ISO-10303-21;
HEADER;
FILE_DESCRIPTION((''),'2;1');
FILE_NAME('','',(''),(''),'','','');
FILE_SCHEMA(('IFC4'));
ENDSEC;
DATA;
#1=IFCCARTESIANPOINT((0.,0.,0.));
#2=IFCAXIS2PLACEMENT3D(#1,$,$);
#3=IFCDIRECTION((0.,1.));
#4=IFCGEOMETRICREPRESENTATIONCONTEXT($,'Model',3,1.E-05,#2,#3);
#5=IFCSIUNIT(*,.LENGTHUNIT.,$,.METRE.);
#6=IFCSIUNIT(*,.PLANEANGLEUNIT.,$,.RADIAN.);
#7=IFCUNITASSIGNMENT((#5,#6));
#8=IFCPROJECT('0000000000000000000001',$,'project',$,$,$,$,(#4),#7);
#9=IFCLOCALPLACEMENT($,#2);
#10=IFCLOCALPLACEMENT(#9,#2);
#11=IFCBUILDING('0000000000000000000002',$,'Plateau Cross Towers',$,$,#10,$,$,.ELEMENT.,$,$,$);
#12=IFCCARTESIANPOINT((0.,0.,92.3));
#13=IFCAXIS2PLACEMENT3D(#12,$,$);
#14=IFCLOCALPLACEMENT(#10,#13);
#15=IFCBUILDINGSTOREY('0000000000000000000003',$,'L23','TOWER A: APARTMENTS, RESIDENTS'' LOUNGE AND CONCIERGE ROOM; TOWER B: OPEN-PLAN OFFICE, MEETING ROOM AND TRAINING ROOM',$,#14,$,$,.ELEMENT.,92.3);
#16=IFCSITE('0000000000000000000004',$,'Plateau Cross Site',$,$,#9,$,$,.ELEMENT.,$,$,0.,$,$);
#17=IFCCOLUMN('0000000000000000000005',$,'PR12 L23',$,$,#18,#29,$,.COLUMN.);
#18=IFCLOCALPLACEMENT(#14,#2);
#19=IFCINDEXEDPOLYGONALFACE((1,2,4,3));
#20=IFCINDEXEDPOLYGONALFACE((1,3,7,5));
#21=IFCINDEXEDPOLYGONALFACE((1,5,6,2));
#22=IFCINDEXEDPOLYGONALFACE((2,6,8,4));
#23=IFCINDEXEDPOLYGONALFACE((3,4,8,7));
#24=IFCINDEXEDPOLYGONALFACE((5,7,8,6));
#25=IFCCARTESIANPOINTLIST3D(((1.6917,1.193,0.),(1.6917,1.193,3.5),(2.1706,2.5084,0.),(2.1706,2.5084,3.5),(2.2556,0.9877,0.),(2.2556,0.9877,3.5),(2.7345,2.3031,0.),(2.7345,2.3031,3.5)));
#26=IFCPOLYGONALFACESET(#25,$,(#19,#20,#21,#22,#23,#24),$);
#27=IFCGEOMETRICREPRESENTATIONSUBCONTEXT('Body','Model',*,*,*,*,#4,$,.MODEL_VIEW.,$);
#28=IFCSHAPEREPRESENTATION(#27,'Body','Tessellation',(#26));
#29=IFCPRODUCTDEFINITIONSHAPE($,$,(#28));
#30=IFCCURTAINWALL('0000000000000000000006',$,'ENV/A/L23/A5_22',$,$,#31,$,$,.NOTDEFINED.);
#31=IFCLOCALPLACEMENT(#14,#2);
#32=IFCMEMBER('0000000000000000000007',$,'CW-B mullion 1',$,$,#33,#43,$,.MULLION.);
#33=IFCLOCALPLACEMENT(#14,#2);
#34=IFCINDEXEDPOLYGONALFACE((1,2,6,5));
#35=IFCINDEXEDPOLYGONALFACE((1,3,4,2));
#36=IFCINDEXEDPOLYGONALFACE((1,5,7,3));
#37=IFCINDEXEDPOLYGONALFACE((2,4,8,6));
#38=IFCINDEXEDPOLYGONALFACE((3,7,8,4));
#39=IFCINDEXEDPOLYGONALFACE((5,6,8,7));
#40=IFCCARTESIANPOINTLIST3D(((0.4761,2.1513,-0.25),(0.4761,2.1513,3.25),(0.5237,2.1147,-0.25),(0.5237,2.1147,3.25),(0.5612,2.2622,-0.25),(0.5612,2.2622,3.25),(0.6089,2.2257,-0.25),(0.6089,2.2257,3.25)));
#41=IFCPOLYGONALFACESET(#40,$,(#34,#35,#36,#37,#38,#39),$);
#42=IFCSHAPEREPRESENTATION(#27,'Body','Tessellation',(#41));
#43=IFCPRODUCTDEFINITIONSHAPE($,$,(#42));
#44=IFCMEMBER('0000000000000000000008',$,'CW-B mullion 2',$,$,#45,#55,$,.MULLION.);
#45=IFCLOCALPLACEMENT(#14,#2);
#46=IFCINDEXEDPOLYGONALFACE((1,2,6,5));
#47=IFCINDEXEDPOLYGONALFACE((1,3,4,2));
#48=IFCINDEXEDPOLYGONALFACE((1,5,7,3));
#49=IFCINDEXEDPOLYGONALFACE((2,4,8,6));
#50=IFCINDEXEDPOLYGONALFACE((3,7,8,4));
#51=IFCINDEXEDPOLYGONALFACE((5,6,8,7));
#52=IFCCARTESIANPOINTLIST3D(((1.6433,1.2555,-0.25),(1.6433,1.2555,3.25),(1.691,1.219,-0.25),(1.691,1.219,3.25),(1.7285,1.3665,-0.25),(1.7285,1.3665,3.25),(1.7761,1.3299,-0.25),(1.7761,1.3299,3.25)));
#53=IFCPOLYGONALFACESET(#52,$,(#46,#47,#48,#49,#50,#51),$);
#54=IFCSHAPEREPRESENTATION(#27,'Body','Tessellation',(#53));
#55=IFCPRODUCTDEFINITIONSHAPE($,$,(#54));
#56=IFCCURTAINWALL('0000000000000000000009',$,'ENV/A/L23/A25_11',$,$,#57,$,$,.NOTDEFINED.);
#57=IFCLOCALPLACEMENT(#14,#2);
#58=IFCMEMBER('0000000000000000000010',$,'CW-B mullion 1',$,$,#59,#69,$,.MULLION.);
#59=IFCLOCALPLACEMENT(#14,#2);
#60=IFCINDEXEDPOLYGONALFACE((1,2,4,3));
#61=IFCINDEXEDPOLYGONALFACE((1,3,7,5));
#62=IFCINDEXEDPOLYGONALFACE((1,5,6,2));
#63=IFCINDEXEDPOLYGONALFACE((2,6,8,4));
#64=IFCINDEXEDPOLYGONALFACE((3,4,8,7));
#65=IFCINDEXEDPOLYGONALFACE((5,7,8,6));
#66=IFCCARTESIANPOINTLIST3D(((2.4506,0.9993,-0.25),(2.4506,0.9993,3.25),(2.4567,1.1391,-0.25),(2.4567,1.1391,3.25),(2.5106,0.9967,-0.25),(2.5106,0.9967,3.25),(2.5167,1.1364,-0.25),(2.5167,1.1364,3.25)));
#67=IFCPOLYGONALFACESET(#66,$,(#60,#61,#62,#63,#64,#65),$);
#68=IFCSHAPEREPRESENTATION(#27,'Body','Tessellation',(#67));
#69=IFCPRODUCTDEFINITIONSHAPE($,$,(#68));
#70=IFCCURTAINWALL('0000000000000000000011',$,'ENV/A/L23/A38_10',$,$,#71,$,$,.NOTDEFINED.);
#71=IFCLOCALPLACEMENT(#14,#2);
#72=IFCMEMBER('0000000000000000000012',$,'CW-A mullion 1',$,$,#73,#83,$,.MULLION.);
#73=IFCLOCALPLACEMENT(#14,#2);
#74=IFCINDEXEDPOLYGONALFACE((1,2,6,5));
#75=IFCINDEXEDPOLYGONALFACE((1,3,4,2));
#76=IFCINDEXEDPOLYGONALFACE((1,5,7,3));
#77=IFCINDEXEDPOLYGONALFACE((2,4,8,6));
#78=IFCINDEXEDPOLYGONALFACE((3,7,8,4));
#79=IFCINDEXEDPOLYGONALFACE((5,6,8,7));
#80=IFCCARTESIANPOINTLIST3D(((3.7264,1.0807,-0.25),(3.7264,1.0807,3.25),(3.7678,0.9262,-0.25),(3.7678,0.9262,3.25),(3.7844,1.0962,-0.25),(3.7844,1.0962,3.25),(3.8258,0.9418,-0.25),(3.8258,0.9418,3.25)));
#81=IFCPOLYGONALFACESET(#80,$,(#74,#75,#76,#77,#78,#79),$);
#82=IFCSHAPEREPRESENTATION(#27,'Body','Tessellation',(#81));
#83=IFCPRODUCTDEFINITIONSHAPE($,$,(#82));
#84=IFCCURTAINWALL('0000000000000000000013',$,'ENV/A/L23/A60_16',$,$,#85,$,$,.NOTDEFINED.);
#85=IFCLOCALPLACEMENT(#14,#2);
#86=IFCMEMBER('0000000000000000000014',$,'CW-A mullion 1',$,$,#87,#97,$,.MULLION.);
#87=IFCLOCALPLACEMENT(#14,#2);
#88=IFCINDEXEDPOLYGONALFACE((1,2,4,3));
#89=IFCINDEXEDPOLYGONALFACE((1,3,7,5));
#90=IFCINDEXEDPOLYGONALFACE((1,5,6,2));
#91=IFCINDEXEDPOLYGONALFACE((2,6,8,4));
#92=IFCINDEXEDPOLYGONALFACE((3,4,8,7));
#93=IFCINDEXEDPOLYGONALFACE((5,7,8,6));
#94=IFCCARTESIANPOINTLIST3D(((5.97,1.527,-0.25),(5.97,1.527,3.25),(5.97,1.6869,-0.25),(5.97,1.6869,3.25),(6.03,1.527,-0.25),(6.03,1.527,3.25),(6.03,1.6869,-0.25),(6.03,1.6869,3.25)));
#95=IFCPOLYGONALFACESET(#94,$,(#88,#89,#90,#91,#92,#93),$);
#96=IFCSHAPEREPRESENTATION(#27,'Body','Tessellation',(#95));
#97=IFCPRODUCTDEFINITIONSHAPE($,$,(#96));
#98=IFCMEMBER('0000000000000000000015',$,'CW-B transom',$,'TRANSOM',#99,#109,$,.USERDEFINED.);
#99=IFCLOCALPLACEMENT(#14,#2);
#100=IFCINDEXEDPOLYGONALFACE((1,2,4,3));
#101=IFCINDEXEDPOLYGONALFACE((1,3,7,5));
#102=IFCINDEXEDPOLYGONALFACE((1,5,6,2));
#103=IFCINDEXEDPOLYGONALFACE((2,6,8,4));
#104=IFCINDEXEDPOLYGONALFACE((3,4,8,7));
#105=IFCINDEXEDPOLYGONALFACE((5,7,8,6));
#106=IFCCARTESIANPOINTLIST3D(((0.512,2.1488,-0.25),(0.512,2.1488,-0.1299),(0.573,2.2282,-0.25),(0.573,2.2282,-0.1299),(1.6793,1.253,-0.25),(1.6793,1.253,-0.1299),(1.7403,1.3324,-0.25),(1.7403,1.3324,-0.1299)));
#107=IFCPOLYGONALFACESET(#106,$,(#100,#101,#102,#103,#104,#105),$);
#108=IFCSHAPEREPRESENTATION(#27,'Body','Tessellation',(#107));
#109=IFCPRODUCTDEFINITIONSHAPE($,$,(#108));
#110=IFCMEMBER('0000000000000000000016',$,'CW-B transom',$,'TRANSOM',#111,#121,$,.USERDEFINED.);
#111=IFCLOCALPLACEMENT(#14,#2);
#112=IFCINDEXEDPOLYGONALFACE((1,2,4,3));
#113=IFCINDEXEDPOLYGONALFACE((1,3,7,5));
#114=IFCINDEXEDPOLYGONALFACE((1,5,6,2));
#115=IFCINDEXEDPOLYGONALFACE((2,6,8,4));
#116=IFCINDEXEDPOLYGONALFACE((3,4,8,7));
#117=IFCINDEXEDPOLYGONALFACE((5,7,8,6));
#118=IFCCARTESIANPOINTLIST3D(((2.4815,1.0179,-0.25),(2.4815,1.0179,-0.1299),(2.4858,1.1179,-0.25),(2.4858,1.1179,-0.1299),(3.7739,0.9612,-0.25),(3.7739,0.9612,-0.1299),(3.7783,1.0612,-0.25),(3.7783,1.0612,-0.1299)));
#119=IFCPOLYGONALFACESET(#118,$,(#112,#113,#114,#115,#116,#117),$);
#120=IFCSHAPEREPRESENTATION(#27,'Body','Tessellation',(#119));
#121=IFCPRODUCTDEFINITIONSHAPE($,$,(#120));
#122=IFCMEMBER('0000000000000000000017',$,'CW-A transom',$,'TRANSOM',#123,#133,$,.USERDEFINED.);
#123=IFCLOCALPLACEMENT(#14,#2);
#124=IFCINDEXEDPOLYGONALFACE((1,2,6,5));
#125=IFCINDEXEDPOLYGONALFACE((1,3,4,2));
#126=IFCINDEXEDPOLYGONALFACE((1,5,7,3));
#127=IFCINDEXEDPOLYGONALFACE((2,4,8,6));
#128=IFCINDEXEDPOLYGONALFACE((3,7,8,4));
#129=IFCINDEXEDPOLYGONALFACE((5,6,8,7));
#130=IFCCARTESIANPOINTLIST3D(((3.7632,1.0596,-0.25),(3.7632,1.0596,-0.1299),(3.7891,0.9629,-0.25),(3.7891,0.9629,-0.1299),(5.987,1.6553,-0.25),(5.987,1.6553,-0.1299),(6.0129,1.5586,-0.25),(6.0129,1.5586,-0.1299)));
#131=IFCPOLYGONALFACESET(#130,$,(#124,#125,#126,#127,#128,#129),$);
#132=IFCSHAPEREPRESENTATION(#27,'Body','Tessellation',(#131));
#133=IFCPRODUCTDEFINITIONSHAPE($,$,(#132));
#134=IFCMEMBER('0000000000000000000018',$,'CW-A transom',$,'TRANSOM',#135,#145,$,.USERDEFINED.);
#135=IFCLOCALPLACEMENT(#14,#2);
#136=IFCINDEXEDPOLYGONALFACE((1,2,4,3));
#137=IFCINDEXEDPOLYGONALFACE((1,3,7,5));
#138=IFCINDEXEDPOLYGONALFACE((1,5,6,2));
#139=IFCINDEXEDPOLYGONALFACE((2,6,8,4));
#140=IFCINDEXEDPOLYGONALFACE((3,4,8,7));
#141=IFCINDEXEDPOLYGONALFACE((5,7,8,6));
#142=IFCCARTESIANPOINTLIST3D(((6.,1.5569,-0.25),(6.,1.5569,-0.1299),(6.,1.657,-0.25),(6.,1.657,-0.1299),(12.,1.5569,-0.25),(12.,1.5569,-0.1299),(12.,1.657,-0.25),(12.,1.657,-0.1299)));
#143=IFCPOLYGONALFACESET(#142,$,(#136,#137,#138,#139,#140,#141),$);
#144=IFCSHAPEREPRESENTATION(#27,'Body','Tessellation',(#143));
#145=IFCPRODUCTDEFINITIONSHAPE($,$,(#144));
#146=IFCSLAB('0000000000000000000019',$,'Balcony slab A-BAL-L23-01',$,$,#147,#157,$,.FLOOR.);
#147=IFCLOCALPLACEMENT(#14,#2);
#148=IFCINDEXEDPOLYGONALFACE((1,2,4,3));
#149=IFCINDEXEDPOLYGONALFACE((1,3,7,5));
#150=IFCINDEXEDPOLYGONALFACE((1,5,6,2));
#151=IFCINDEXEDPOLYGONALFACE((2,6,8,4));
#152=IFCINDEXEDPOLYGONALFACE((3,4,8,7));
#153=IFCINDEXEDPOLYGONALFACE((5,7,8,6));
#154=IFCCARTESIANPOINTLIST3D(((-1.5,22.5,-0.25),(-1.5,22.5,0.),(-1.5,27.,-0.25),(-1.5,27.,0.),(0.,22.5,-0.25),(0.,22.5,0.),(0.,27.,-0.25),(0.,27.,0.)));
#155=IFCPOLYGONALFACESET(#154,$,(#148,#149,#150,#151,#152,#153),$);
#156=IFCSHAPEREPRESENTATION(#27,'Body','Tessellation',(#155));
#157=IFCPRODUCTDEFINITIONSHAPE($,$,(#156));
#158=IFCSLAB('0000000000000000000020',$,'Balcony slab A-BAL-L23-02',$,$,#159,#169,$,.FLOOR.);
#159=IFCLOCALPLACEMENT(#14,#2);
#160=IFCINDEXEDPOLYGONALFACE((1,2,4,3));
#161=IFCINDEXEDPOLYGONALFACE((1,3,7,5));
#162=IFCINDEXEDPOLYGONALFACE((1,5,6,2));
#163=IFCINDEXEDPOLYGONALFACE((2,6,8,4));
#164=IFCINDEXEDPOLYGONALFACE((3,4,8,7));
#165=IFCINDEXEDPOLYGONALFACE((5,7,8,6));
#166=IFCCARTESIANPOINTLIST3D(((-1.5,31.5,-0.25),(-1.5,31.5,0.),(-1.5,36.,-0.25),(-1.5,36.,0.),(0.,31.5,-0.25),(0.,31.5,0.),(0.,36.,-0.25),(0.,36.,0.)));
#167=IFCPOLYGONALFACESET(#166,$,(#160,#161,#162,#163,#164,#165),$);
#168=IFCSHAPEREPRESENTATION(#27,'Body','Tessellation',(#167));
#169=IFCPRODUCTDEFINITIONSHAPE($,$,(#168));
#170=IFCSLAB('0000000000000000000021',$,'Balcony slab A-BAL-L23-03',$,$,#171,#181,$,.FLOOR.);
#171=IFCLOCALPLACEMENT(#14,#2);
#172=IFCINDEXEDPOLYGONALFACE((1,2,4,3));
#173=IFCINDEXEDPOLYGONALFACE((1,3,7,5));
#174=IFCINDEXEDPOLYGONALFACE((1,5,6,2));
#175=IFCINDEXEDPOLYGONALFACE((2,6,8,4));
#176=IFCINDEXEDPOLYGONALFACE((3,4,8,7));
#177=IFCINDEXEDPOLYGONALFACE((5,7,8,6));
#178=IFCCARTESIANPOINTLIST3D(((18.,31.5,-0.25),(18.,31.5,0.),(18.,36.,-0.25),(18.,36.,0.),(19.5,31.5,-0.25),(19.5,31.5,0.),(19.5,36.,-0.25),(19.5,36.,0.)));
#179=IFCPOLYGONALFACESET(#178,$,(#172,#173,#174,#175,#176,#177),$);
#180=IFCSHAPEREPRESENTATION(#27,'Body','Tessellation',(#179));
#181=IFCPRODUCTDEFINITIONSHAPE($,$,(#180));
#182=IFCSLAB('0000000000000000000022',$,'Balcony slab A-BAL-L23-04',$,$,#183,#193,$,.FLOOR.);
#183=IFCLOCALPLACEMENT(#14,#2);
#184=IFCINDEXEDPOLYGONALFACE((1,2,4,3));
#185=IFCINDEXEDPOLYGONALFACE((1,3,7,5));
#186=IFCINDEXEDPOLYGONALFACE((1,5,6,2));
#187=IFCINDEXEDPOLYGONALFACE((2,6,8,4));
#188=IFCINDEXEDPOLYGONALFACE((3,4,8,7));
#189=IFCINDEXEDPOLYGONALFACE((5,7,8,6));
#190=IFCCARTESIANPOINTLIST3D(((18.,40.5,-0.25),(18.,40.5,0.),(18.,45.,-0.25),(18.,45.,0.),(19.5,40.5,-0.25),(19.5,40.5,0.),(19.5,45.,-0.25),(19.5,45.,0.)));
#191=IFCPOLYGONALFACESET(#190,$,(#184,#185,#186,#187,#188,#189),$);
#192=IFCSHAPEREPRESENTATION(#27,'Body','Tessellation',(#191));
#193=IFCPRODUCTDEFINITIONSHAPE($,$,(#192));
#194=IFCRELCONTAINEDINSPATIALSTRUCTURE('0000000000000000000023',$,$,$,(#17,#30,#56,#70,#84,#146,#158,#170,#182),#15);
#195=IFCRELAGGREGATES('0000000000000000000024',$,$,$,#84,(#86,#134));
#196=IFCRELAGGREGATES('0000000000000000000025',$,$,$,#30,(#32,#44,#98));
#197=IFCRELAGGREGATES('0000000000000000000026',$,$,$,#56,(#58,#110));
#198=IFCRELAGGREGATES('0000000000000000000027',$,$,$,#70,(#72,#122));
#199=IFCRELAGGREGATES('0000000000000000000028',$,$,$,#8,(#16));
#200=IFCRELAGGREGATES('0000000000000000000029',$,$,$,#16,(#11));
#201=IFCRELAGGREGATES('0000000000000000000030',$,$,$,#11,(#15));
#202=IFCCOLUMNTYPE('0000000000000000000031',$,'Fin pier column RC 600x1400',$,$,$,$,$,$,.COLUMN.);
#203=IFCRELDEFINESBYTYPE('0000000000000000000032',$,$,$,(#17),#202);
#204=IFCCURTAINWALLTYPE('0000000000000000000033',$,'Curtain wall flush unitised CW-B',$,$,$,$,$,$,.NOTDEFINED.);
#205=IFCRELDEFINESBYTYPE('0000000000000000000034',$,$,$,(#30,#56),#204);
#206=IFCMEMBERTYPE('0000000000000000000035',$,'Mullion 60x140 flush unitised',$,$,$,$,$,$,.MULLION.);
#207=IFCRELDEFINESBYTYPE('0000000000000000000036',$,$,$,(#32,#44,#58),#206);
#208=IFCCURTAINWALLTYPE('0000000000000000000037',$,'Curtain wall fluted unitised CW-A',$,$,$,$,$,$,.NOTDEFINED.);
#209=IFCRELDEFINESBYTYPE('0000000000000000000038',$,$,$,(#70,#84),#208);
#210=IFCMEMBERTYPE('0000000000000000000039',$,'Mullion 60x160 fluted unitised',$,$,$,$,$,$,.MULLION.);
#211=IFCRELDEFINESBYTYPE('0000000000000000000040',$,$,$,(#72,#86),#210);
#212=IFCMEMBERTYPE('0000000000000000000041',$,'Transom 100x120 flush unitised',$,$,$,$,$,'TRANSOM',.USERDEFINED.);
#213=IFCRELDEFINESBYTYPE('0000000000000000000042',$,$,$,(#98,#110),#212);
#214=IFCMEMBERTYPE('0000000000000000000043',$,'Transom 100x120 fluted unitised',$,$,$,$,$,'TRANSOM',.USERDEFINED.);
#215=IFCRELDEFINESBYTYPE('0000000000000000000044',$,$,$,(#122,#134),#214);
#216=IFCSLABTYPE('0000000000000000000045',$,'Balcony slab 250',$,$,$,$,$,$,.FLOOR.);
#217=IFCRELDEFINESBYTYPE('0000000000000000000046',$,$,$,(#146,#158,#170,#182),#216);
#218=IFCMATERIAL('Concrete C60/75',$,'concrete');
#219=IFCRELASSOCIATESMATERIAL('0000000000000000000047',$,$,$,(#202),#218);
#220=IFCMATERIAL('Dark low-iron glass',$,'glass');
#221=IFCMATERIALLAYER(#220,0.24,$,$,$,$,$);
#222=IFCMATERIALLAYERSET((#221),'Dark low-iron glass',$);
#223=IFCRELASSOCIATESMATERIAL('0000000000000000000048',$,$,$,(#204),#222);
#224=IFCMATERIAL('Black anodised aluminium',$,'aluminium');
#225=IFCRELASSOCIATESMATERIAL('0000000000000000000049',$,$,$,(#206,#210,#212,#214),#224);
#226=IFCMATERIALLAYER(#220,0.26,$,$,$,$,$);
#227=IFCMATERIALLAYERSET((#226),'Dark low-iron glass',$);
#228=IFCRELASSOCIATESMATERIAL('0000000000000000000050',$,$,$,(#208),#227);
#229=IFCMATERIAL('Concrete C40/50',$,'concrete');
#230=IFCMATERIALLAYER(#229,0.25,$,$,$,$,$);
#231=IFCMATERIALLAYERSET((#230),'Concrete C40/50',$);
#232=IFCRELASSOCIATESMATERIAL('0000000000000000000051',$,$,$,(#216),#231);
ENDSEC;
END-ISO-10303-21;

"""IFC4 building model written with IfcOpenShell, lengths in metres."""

from ifc_helpers import new_model, si_unit, direction, frame, origin, origin_2d, place, context, subcontext, project, spatial, polyline, rectangle, outline, extrude, material, layer, layer_set, material_profile, profile_set, type_object, element, aggregate, save


model = new_model("IFC4")

# Units and contexts
model_context = context("Model", 3, precision=1e-05, world=origin(), true_north=direction((0.0, 1.0)))
body_context = subcontext(model_context, "Body", "Model", "MODEL_VIEW")
ifc_project = project(units=[si_unit("LENGTHUNIT", "METRE"), si_unit("PLANEANGLEUNIT", "RADIAN")], contexts=[model_context])

# Site, building, storey
site_placement = place(None, origin())
site = spatial("IfcSite", under=ifc_project, at=site_placement, Name="Plateau Cross Site", CompositionType="ELEMENT", RefElevation=0.0)
building_placement = place(site_placement, origin())
building = spatial("IfcBuilding", under=site, at=building_placement, Name="Plateau Cross Towers", CompositionType="ELEMENT")
storey_placement = place(building_placement, frame((0.0, 0.0, 92.3)))
storey = spatial("IfcBuildingStorey", under=building, at=storey_placement, Name="L23", Description="TOWER A: APARTMENTS, RESIDENTS' LOUNGE AND CONCIERGE ROOM; TOWER B: OPEN-PLAN OFFICE, MEETING ROOM AND TRAINING ROOM", CompositionType="ELEMENT", Elevation=92.3)

# Column
ifc_material_1 = material(Name="Concrete C60/75", Category="concrete")
ifc_material_profile_1 = material_profile(ifc_material_1, rectangle(XDim=0.6001, YDim=1.3999, at=origin_2d()), Name="RC 600x1400")
ifc_profile_set_1 = profile_set([ifc_material_profile_1], Name="Concrete C60/75")
column_type = type_object("IfcColumnType", Name="Fin pier column RC 600x1400", PredefinedType="COLUMN", material=ifc_profile_set_1)
column_placement = place(storey_placement, frame((2.2131, 1.748, 0.0), z_axis=(0.0, 0.0, 1.0), x_axis=(-0.939664, 0.342098, 0.0)))
element("IfcColumn", 1, at=column_placement, inside=storey, type_object=column_type, Name="PR12 L23", PredefinedType="COLUMN", context=body_context, shape_type="SweptSolid", body=[
    extrude(rectangle(XDim=0.6001, YDim=1.3999, at=origin_2d()), origin(), (0.0, 0.0, 1.0), 3.5),
])

# Curtain wall, members
ifc_material_2 = material(Name="Dark low-iron glass", Category="glass")
ifc_layer_1 = layer(ifc_material_2, 0.24)
ifc_layer_set_1 = layer_set([ifc_layer_1], Name="Dark low-iron glass")
curtain_wall_type_1 = type_object("IfcCurtainWallType", Name="Curtain wall flush unitised CW-B", PredefinedType="NOTDEFINED", material=ifc_layer_set_1)
curtain_wall_1_placement = place(storey_placement, origin())
curtain_wall_1 = element("IfcCurtainWall", 2, at=curtain_wall_1_placement, inside=storey, type_object=curtain_wall_type_1, Name="ENV/A/L23/A5_22", PredefinedType="NOTDEFINED")
ifc_material_3 = material(Name="Black anodised aluminium", Category="aluminium")
ifc_material_profile_2 = material_profile(ifc_material_3, rectangle(XDim=0.0601, YDim=0.1399, at=origin_2d()), Name="MULLION 60x140")
ifc_profile_set_2 = profile_set([ifc_material_profile_2], Name="Black anodised aluminium")
member_type_1 = type_object("IfcMemberType", Name="Mullion 60x140 flush unitised", PredefinedType="MULLION", material=ifc_profile_set_2)
member_1_placement = place(storey_placement, frame((0.5425, 2.1885, -0.25), z_axis=(0.0, 0.0, 1.0), x_axis=(0.793316, -0.608811, 0.0)))
member_1 = element("IfcMember", 3, at=member_1_placement, type_object=member_type_1, Name="CW-B mullion 1", PredefinedType="MULLION", context=body_context, shape_type="SweptSolid", body=[
    extrude(rectangle(XDim=0.0601, YDim=0.1399, at=origin_2d()), origin(), (0.0, 0.0, 1.0), 3.5),
])
member_2_placement = place(storey_placement, frame((1.7097, 1.2927, -0.25), z_axis=(0.0, 0.0, 1.0), x_axis=(0.793316, -0.608811, 0.0)))
member_2 = element("IfcMember", 4, at=member_2_placement, type_object=member_type_1, Name="CW-B mullion 2", PredefinedType="MULLION", context=body_context, shape_type="SweptSolid", body=[
    extrude(rectangle(XDim=0.0601, YDim=0.1399, at=origin_2d()), origin(), (0.0, 0.0, 1.0), 3.5),
])

# Curtain walls, members
curtain_wall_2_placement = place(storey_placement, origin())
curtain_wall_2 = element("IfcCurtainWall", 5, at=curtain_wall_2_placement, inside=storey, type_object=curtain_wall_type_1, Name="ENV/A/L23/A25_11", PredefinedType="NOTDEFINED")
member_3_placement = place(storey_placement, frame((2.4836, 1.0679, -0.25), z_axis=(0.0, 0.0, 1.0), x_axis=(0.999044, -0.043723, 0.0)))
member_3 = element("IfcMember", 6, at=member_3_placement, type_object=member_type_1, Name="CW-B mullion 1", PredefinedType="MULLION", context=body_context, shape_type="SweptSolid", body=[
    extrude(rectangle(XDim=0.0601, YDim=0.1399, at=origin_2d()), origin(), (0.0, 0.0, 1.0), 3.5),
])
ifc_layer_2 = layer(ifc_material_2, 0.26)
ifc_layer_set_2 = layer_set([ifc_layer_2], Name="Dark low-iron glass")
curtain_wall_type_2 = type_object("IfcCurtainWallType", Name="Curtain wall fluted unitised CW-A", PredefinedType="NOTDEFINED", material=ifc_layer_set_2)
curtain_wall_3_placement = place(storey_placement, origin())
curtain_wall_3 = element("IfcCurtainWall", 7, at=curtain_wall_3_placement, inside=storey, type_object=curtain_wall_type_2, Name="ENV/A/L23/A38_10", PredefinedType="NOTDEFINED")
ifc_material_profile_3 = material_profile(ifc_material_3, rectangle(XDim=0.0601, YDim=0.1599, at=origin_2d()), Name="MULLION 60x160")
ifc_profile_set_3 = profile_set([ifc_material_profile_3], Name="Black anodised aluminium")
member_type_2 = type_object("IfcMemberType", Name="Mullion 60x160 fluted unitised", PredefinedType="MULLION", material=ifc_profile_set_3)
member_4_placement = place(storey_placement, frame((3.7761, 1.0112, -0.25), z_axis=(0.0, 0.0, 1.0), x_axis=(0.965958, 0.258699, 0.0)))
member_4 = element("IfcMember", 8, at=member_4_placement, type_object=member_type_2, Name="CW-A mullion 1", PredefinedType="MULLION", context=body_context, shape_type="SweptSolid", body=[
    extrude(rectangle(XDim=0.0601, YDim=0.1599, at=origin_2d()), origin(), (0.0, 0.0, 1.0), 3.5),
])
curtain_wall_4_placement = place(storey_placement, origin())
curtain_wall_4 = element("IfcCurtainWall", 9, at=curtain_wall_4_placement, inside=storey, type_object=curtain_wall_type_2, Name="ENV/A/L23/A60_16", PredefinedType="NOTDEFINED")
member_5_placement = place(storey_placement, frame((6.0, 1.6069, -0.25), z_axis=(0.0, 0.0, 1.0), x_axis=(1.0, 0.0, 0.0)))
member_5 = element("IfcMember", 10, at=member_5_placement, type_object=member_type_2, Name="CW-A mullion 1", PredefinedType="MULLION", context=body_context, shape_type="SweptSolid", body=[
    extrude(rectangle(XDim=0.0601, YDim=0.1599, at=origin_2d()), origin(), (0.0, 0.0, 1.0), 3.5),
])

# Members
ifc_material_profile_4 = material_profile(ifc_material_3, rectangle(XDim=0.1001, YDim=0.1201, at=origin_2d()), Name="TRANSOM 100x120")
ifc_profile_set_4 = profile_set([ifc_material_profile_4], Name="Black anodised aluminium")
member_type_3 = type_object("IfcMemberType", Name="Transom 100x120 flush unitised", ElementType="TRANSOM", PredefinedType="USERDEFINED", material=ifc_profile_set_4)
member_6_placement = place(storey_placement, frame((0.5425, 2.1885, -0.1899), z_axis=(0.793321, -0.608804, 0.0), x_axis=(0.608804, 0.793321, 0.0)))
member_6 = element("IfcMember", 11, at=member_6_placement, type_object=member_type_3, Name="CW-B transom", ObjectType="TRANSOM", PredefinedType="USERDEFINED", context=body_context, shape_type="SweptSolid", body=[
    extrude(rectangle(XDim=0.1001, YDim=0.1201, at=origin_2d()), origin(), (0.0, 0.0, 1.0), 1.4714),
])
member_7_placement = place(storey_placement, frame((2.4836, 1.0679, -0.1899), z_axis=(0.999041, -0.043781, 0.0), x_axis=(0.043781, 0.999041, 0.0)))
member_7 = element("IfcMember", 12, at=member_7_placement, type_object=member_type_3, Name="CW-B transom", ObjectType="TRANSOM", PredefinedType="USERDEFINED", context=body_context, shape_type="SweptSolid", body=[
    extrude(rectangle(XDim=0.1001, YDim=0.1201, at=origin_2d()), origin(), (0.0, 0.0, 1.0), 1.2937),
])
ifc_material_profile_5 = material_profile(ifc_material_3, rectangle(XDim=0.1001, YDim=0.1201, at=origin_2d()), Name="TRANSOM 100x120")
ifc_profile_set_5 = profile_set([ifc_material_profile_5], Name="Black anodised aluminium")
member_type_4 = type_object("IfcMemberType", Name="Transom 100x120 fluted unitised", ElementType="TRANSOM", PredefinedType="USERDEFINED", material=ifc_profile_set_5)
member_8_placement = place(storey_placement, frame((3.7761, 1.0112, -0.1899), z_axis=(0.965946, 0.258745, 0.0), x_axis=(-0.258745, 0.965946, 0.0)))
member_8 = element("IfcMember", 13, at=member_8_placement, type_object=member_type_4, Name="CW-A transom", ObjectType="TRANSOM", PredefinedType="USERDEFINED", context=body_context, shape_type="SweptSolid", body=[
    extrude(rectangle(XDim=0.1001, YDim=0.1201, at=origin_2d()), origin(), (0.0, 0.0, 1.0), 2.3022),
])
member_9_placement = place(storey_placement, frame((6.0, 1.6069, -0.1899), z_axis=(1.0, 0.0, 0.0), x_axis=(0.0, 1.0, 0.0)))
member_9 = element("IfcMember", 14, at=member_9_placement, type_object=member_type_4, Name="CW-A transom", ObjectType="TRANSOM", PredefinedType="USERDEFINED", context=body_context, shape_type="SweptSolid", body=[
    extrude(rectangle(XDim=0.1001, YDim=0.1201, at=origin_2d()), origin(), (0.0, 0.0, 1.0), 6.0),
])
aggregate(curtain_wall_4, [member_5, member_9])

# Slabs
ifc_material_4 = material(Name="Concrete C40/50", Category="concrete")
ifc_layer_3 = layer(ifc_material_4, 0.25)
ifc_layer_set_3 = layer_set([ifc_layer_3], Name="Concrete C40/50")
slab_type_1 = type_object("IfcSlabType", Name="Balcony slab 250", PredefinedType="FLOOR", material=ifc_layer_set_3)
slab_1_placement = place(storey_placement, frame((0.0, 0.0, -0.25)))
element("IfcSlab", 15, at=slab_1_placement, inside=storey, type_object=slab_type_1, Name="Balcony slab A-BAL-L23-01", PredefinedType="FLOOR", context=body_context, shape_type="SweptSolid", body=[
    extrude(outline(polyline([(0.0, 22.5), (0.0, 27.0), (-1.5, 27.0), (-1.5, 22.5), (0.0, 22.5)])), origin(), (0.0, 0.0, 1.0), 0.25),
])
slab_2_placement = place(storey_placement, frame((0.0, 0.0, -0.25)))
element("IfcSlab", 16, at=slab_2_placement, inside=storey, type_object=slab_type_1, Name="Balcony slab A-BAL-L23-02", PredefinedType="FLOOR", context=body_context, shape_type="SweptSolid", body=[
    extrude(outline(polyline([(0.0, 31.5), (0.0, 36.0), (-1.5, 36.0), (-1.5, 31.5), (0.0, 31.5)])), origin(), (0.0, 0.0, 1.0), 0.25),
])
slab_3_placement = place(storey_placement, frame((0.0, 0.0, -0.25)))
element("IfcSlab", 17, at=slab_3_placement, inside=storey, type_object=slab_type_1, Name="Balcony slab A-BAL-L23-03", PredefinedType="FLOOR", context=body_context, shape_type="SweptSolid", body=[
    extrude(outline(polyline([(19.5, 31.5), (19.5, 36.0), (18.0, 36.0), (18.0, 31.5), (19.5, 31.5)])), origin(), (0.0, 0.0, 1.0), 0.25),
])
slab_4_placement = place(storey_placement, frame((0.0, 0.0, -0.25)))
element("IfcSlab", 18, at=slab_4_placement, inside=storey, type_object=slab_type_1, Name="Balcony slab A-BAL-L23-04", PredefinedType="FLOOR", context=body_context, shape_type="SweptSolid", body=[
    extrude(outline(polyline([(19.5, 40.5), (19.5, 45.0), (18.0, 45.0), (18.0, 40.5), (19.5, 40.5)])), origin(), (0.0, 0.0, 1.0), 0.25),
])

aggregate(curtain_wall_1, [member_1, member_2, member_6])
aggregate(curtain_wall_2, [member_3, member_7])
aggregate(curtain_wall_3, [member_4, member_8])

save(model, "model.ifc")
